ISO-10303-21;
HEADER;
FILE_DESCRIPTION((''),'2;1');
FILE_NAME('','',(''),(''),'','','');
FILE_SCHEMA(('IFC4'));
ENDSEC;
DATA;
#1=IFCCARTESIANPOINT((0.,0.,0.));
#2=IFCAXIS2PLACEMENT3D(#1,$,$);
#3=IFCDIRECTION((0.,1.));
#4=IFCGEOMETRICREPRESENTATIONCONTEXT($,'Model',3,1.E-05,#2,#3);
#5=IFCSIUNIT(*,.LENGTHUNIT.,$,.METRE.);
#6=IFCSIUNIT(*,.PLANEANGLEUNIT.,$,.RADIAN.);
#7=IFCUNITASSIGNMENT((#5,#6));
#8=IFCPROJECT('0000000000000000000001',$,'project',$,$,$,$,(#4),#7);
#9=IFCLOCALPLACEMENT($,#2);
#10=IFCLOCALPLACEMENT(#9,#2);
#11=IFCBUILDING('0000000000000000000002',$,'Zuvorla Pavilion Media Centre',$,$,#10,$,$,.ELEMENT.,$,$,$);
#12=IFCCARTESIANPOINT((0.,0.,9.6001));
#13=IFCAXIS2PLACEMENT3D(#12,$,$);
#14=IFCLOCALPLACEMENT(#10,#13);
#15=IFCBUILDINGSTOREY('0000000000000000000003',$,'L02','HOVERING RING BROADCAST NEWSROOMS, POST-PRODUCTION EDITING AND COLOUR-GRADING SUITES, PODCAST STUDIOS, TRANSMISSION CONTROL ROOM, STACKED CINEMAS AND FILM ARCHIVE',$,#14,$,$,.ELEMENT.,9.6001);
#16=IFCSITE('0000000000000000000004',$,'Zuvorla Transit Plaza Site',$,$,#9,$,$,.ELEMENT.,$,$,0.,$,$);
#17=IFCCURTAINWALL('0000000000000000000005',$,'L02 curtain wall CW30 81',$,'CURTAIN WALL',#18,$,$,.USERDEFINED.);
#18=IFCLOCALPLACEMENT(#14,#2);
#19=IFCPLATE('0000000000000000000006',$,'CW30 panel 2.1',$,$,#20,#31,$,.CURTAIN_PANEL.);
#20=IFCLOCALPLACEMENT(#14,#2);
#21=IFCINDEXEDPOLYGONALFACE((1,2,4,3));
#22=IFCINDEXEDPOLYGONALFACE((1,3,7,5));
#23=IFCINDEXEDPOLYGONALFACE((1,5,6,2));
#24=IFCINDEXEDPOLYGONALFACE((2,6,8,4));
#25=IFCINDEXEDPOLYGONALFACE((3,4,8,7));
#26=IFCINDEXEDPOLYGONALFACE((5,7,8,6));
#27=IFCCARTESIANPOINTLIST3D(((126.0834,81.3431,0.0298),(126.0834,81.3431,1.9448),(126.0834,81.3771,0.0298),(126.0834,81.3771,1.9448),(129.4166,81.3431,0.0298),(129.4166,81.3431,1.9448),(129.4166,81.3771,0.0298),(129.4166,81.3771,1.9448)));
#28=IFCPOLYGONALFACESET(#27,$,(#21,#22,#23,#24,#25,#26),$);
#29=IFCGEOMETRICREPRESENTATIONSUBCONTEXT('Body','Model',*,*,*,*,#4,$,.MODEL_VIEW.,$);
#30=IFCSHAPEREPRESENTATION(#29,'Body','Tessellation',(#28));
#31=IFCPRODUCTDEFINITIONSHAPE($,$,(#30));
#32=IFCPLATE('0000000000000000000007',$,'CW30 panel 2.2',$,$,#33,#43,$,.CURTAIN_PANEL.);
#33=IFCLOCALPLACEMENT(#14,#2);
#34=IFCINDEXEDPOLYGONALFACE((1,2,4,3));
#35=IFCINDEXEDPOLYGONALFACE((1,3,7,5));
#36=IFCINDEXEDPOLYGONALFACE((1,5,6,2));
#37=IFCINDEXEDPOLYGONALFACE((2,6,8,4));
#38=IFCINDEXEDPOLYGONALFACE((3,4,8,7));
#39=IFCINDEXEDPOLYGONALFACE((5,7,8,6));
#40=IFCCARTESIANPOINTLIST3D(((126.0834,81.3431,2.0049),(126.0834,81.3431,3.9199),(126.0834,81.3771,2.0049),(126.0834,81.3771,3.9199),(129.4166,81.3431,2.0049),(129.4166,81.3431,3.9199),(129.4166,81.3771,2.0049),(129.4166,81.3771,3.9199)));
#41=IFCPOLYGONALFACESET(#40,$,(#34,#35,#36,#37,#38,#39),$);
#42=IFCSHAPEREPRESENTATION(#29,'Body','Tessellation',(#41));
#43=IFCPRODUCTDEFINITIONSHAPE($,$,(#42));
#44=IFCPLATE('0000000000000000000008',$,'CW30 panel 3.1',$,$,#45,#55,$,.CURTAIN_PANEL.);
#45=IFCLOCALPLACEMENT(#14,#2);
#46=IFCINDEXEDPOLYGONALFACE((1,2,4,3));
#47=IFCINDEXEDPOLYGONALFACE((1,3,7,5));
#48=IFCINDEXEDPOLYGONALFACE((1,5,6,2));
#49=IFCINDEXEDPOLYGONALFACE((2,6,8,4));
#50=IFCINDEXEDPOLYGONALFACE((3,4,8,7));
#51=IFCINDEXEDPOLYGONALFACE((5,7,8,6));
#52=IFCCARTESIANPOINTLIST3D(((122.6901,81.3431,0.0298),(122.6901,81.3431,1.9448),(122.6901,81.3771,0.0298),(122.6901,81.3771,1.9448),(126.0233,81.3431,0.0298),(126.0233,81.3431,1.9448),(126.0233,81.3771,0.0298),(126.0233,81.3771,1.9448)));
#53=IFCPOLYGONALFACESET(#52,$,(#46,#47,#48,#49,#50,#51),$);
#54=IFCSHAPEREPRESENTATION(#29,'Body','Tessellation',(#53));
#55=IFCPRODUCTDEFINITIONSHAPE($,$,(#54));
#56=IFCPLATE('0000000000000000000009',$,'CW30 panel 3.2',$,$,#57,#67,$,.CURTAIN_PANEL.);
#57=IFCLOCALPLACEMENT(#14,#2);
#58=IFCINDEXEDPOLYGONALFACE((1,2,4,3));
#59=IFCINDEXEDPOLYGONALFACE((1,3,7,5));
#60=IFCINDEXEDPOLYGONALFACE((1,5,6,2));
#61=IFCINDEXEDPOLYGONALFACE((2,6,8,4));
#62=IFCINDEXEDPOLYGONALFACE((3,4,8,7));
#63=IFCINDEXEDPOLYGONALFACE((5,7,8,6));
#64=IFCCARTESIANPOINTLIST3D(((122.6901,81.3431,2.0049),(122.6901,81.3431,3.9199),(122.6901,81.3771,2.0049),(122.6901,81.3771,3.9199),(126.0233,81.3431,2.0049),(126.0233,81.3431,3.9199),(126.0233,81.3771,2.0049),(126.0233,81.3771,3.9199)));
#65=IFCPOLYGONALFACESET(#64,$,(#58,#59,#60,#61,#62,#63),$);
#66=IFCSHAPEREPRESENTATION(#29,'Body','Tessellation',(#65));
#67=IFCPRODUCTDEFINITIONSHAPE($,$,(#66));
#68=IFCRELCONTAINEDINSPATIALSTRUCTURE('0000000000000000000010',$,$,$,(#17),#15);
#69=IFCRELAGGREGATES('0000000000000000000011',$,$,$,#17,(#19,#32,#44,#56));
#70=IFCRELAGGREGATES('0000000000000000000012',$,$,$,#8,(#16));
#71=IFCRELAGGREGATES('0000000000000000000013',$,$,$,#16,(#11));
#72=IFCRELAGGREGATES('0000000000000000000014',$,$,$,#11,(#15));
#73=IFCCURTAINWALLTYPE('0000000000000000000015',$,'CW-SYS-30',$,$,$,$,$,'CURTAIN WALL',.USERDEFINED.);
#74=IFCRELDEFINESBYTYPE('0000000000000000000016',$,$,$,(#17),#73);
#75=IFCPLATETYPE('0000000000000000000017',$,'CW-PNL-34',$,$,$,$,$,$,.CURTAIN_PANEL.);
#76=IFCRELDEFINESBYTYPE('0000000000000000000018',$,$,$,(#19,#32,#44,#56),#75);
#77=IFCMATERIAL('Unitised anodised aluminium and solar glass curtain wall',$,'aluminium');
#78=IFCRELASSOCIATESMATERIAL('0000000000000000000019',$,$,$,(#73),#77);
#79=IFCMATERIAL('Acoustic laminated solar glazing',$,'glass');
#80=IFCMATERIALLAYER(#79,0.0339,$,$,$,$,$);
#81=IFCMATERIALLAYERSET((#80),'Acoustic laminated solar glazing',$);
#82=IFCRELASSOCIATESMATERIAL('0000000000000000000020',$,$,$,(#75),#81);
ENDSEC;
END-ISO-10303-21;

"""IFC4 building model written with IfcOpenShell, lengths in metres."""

from ifc_helpers import new_model, si_unit, direction, frame, origin, origin_2d, place, context, subcontext, project, spatial, rectangle, extrude, material, layer, layer_set, type_object, element, aggregate, save


model = new_model("IFC4")

# Units and contexts
model_context = context("Model", 3, precision=1e-05, world=origin(), true_north=direction((0.0, 1.0)))
body_context = subcontext(model_context, "Body", "Model", "MODEL_VIEW")
ifc_project = project(units=[si_unit("LENGTHUNIT", "METRE"), si_unit("PLANEANGLEUNIT", "RADIAN")], contexts=[model_context])

# Site, building, storey
site_placement = place(None, origin())
site = spatial("IfcSite", under=ifc_project, at=site_placement, Name="Zuvorla Transit Plaza Site", CompositionType="ELEMENT", RefElevation=0.0)
building_placement = place(site_placement, origin())
building = spatial("IfcBuilding", under=site, at=building_placement, Name="Zuvorla Pavilion Media Centre", CompositionType="ELEMENT")
storey_placement = place(building_placement, frame((0.0, 0.0, 9.6001)))
storey = spatial("IfcBuildingStorey", under=building, at=storey_placement, Name="L02", Description="HOVERING RING BROADCAST NEWSROOMS, POST-PRODUCTION EDITING AND COLOUR-GRADING SUITES, PODCAST STUDIOS, TRANSMISSION CONTROL ROOM, STACKED CINEMAS AND FILM ARCHIVE", CompositionType="ELEMENT", Elevation=9.6001)

# Shared definitions
ifc_material_1 = material(Name="Unitised anodised aluminium and solar glass curtain wall", Category="aluminium")

# Curtain wall, plates
curtain_wall_type_1 = type_object("IfcCurtainWallType", Name="CW-SYS-30", ElementType="CURTAIN WALL", PredefinedType="USERDEFINED", material=ifc_material_1)
curtain_wall_1_placement = place(storey_placement, origin())
curtain_wall_1 = element("IfcCurtainWall", 1, at=curtain_wall_1_placement, inside=storey, type_object=curtain_wall_type_1, Name="L02 curtain wall CW30 81", ObjectType="CURTAIN WALL", PredefinedType="USERDEFINED")
ifc_material_2 = material(Name="Acoustic laminated solar glazing", Category="glass")
ifc_layer = layer(ifc_material_2, 0.0339)
ifc_layer_set = layer_set([ifc_layer], Name="Acoustic laminated solar glazing")
plate_type = type_object("IfcPlateType", Name="CW-PNL-34", PredefinedType="CURTAIN_PANEL", material=ifc_layer_set)
plate_1_placement = place(storey_placement, frame((127.75, 81.3601, 0.0298), z_axis=(0.0, 0.0, 1.0), x_axis=(-1.0, 0.0, 0.0)))
plate_1 = element("IfcPlate", 2, at=plate_1_placement, type_object=plate_type, Name="CW30 panel 2.1", PredefinedType="CURTAIN_PANEL", context=body_context, shape_type="SweptSolid", body=[
    extrude(rectangle(XDim=3.3333, YDim=0.0339, at=origin_2d()), origin(), (0.0, 0.0, 1.0), 1.915),
])
plate_2_placement = place(storey_placement, frame((127.75, 81.3601, 2.0049), z_axis=(0.0, 0.0, 1.0), x_axis=(-1.0, 0.0, 0.0)))
plate_2 = element("IfcPlate", 3, at=plate_2_placement, type_object=plate_type, Name="CW30 panel 2.2", PredefinedType="CURTAIN_PANEL", context=body_context, shape_type="SweptSolid", body=[
    extrude(rectangle(XDim=3.3333, YDim=0.0339, at=origin_2d()), origin(), (0.0, 0.0, 1.0), 1.915),
])
plate_3_placement = place(storey_placement, frame((124.3567, 81.3601, 0.0298), z_axis=(0.0, 0.0, 1.0), x_axis=(-1.0, 0.0, 0.0)))
plate_3 = element("IfcPlate", 4, at=plate_3_placement, type_object=plate_type, Name="CW30 panel 3.1", PredefinedType="CURTAIN_PANEL", context=body_context, shape_type="SweptSolid", body=[
    extrude(rectangle(XDim=3.3333, YDim=0.0339, at=origin_2d()), origin(), (0.0, 0.0, 1.0), 1.915),
])
plate_4_placement = place(storey_placement, frame((124.3567, 81.3601, 2.0049), z_axis=(0.0, 0.0, 1.0), x_axis=(-1.0, 0.0, 0.0)))
plate_4 = element("IfcPlate", 5, at=plate_4_placement, type_object=plate_type, Name="CW30 panel 3.2", PredefinedType="CURTAIN_PANEL", context=body_context, shape_type="SweptSolid", body=[
    extrude(rectangle(XDim=3.3333, YDim=0.0339, at=origin_2d()), origin(), (0.0, 0.0, 1.0), 1.915),
])
aggregate(curtain_wall_1, [plate_1, plate_2, plate_3, plate_4])

save(model, "model.ifc")
